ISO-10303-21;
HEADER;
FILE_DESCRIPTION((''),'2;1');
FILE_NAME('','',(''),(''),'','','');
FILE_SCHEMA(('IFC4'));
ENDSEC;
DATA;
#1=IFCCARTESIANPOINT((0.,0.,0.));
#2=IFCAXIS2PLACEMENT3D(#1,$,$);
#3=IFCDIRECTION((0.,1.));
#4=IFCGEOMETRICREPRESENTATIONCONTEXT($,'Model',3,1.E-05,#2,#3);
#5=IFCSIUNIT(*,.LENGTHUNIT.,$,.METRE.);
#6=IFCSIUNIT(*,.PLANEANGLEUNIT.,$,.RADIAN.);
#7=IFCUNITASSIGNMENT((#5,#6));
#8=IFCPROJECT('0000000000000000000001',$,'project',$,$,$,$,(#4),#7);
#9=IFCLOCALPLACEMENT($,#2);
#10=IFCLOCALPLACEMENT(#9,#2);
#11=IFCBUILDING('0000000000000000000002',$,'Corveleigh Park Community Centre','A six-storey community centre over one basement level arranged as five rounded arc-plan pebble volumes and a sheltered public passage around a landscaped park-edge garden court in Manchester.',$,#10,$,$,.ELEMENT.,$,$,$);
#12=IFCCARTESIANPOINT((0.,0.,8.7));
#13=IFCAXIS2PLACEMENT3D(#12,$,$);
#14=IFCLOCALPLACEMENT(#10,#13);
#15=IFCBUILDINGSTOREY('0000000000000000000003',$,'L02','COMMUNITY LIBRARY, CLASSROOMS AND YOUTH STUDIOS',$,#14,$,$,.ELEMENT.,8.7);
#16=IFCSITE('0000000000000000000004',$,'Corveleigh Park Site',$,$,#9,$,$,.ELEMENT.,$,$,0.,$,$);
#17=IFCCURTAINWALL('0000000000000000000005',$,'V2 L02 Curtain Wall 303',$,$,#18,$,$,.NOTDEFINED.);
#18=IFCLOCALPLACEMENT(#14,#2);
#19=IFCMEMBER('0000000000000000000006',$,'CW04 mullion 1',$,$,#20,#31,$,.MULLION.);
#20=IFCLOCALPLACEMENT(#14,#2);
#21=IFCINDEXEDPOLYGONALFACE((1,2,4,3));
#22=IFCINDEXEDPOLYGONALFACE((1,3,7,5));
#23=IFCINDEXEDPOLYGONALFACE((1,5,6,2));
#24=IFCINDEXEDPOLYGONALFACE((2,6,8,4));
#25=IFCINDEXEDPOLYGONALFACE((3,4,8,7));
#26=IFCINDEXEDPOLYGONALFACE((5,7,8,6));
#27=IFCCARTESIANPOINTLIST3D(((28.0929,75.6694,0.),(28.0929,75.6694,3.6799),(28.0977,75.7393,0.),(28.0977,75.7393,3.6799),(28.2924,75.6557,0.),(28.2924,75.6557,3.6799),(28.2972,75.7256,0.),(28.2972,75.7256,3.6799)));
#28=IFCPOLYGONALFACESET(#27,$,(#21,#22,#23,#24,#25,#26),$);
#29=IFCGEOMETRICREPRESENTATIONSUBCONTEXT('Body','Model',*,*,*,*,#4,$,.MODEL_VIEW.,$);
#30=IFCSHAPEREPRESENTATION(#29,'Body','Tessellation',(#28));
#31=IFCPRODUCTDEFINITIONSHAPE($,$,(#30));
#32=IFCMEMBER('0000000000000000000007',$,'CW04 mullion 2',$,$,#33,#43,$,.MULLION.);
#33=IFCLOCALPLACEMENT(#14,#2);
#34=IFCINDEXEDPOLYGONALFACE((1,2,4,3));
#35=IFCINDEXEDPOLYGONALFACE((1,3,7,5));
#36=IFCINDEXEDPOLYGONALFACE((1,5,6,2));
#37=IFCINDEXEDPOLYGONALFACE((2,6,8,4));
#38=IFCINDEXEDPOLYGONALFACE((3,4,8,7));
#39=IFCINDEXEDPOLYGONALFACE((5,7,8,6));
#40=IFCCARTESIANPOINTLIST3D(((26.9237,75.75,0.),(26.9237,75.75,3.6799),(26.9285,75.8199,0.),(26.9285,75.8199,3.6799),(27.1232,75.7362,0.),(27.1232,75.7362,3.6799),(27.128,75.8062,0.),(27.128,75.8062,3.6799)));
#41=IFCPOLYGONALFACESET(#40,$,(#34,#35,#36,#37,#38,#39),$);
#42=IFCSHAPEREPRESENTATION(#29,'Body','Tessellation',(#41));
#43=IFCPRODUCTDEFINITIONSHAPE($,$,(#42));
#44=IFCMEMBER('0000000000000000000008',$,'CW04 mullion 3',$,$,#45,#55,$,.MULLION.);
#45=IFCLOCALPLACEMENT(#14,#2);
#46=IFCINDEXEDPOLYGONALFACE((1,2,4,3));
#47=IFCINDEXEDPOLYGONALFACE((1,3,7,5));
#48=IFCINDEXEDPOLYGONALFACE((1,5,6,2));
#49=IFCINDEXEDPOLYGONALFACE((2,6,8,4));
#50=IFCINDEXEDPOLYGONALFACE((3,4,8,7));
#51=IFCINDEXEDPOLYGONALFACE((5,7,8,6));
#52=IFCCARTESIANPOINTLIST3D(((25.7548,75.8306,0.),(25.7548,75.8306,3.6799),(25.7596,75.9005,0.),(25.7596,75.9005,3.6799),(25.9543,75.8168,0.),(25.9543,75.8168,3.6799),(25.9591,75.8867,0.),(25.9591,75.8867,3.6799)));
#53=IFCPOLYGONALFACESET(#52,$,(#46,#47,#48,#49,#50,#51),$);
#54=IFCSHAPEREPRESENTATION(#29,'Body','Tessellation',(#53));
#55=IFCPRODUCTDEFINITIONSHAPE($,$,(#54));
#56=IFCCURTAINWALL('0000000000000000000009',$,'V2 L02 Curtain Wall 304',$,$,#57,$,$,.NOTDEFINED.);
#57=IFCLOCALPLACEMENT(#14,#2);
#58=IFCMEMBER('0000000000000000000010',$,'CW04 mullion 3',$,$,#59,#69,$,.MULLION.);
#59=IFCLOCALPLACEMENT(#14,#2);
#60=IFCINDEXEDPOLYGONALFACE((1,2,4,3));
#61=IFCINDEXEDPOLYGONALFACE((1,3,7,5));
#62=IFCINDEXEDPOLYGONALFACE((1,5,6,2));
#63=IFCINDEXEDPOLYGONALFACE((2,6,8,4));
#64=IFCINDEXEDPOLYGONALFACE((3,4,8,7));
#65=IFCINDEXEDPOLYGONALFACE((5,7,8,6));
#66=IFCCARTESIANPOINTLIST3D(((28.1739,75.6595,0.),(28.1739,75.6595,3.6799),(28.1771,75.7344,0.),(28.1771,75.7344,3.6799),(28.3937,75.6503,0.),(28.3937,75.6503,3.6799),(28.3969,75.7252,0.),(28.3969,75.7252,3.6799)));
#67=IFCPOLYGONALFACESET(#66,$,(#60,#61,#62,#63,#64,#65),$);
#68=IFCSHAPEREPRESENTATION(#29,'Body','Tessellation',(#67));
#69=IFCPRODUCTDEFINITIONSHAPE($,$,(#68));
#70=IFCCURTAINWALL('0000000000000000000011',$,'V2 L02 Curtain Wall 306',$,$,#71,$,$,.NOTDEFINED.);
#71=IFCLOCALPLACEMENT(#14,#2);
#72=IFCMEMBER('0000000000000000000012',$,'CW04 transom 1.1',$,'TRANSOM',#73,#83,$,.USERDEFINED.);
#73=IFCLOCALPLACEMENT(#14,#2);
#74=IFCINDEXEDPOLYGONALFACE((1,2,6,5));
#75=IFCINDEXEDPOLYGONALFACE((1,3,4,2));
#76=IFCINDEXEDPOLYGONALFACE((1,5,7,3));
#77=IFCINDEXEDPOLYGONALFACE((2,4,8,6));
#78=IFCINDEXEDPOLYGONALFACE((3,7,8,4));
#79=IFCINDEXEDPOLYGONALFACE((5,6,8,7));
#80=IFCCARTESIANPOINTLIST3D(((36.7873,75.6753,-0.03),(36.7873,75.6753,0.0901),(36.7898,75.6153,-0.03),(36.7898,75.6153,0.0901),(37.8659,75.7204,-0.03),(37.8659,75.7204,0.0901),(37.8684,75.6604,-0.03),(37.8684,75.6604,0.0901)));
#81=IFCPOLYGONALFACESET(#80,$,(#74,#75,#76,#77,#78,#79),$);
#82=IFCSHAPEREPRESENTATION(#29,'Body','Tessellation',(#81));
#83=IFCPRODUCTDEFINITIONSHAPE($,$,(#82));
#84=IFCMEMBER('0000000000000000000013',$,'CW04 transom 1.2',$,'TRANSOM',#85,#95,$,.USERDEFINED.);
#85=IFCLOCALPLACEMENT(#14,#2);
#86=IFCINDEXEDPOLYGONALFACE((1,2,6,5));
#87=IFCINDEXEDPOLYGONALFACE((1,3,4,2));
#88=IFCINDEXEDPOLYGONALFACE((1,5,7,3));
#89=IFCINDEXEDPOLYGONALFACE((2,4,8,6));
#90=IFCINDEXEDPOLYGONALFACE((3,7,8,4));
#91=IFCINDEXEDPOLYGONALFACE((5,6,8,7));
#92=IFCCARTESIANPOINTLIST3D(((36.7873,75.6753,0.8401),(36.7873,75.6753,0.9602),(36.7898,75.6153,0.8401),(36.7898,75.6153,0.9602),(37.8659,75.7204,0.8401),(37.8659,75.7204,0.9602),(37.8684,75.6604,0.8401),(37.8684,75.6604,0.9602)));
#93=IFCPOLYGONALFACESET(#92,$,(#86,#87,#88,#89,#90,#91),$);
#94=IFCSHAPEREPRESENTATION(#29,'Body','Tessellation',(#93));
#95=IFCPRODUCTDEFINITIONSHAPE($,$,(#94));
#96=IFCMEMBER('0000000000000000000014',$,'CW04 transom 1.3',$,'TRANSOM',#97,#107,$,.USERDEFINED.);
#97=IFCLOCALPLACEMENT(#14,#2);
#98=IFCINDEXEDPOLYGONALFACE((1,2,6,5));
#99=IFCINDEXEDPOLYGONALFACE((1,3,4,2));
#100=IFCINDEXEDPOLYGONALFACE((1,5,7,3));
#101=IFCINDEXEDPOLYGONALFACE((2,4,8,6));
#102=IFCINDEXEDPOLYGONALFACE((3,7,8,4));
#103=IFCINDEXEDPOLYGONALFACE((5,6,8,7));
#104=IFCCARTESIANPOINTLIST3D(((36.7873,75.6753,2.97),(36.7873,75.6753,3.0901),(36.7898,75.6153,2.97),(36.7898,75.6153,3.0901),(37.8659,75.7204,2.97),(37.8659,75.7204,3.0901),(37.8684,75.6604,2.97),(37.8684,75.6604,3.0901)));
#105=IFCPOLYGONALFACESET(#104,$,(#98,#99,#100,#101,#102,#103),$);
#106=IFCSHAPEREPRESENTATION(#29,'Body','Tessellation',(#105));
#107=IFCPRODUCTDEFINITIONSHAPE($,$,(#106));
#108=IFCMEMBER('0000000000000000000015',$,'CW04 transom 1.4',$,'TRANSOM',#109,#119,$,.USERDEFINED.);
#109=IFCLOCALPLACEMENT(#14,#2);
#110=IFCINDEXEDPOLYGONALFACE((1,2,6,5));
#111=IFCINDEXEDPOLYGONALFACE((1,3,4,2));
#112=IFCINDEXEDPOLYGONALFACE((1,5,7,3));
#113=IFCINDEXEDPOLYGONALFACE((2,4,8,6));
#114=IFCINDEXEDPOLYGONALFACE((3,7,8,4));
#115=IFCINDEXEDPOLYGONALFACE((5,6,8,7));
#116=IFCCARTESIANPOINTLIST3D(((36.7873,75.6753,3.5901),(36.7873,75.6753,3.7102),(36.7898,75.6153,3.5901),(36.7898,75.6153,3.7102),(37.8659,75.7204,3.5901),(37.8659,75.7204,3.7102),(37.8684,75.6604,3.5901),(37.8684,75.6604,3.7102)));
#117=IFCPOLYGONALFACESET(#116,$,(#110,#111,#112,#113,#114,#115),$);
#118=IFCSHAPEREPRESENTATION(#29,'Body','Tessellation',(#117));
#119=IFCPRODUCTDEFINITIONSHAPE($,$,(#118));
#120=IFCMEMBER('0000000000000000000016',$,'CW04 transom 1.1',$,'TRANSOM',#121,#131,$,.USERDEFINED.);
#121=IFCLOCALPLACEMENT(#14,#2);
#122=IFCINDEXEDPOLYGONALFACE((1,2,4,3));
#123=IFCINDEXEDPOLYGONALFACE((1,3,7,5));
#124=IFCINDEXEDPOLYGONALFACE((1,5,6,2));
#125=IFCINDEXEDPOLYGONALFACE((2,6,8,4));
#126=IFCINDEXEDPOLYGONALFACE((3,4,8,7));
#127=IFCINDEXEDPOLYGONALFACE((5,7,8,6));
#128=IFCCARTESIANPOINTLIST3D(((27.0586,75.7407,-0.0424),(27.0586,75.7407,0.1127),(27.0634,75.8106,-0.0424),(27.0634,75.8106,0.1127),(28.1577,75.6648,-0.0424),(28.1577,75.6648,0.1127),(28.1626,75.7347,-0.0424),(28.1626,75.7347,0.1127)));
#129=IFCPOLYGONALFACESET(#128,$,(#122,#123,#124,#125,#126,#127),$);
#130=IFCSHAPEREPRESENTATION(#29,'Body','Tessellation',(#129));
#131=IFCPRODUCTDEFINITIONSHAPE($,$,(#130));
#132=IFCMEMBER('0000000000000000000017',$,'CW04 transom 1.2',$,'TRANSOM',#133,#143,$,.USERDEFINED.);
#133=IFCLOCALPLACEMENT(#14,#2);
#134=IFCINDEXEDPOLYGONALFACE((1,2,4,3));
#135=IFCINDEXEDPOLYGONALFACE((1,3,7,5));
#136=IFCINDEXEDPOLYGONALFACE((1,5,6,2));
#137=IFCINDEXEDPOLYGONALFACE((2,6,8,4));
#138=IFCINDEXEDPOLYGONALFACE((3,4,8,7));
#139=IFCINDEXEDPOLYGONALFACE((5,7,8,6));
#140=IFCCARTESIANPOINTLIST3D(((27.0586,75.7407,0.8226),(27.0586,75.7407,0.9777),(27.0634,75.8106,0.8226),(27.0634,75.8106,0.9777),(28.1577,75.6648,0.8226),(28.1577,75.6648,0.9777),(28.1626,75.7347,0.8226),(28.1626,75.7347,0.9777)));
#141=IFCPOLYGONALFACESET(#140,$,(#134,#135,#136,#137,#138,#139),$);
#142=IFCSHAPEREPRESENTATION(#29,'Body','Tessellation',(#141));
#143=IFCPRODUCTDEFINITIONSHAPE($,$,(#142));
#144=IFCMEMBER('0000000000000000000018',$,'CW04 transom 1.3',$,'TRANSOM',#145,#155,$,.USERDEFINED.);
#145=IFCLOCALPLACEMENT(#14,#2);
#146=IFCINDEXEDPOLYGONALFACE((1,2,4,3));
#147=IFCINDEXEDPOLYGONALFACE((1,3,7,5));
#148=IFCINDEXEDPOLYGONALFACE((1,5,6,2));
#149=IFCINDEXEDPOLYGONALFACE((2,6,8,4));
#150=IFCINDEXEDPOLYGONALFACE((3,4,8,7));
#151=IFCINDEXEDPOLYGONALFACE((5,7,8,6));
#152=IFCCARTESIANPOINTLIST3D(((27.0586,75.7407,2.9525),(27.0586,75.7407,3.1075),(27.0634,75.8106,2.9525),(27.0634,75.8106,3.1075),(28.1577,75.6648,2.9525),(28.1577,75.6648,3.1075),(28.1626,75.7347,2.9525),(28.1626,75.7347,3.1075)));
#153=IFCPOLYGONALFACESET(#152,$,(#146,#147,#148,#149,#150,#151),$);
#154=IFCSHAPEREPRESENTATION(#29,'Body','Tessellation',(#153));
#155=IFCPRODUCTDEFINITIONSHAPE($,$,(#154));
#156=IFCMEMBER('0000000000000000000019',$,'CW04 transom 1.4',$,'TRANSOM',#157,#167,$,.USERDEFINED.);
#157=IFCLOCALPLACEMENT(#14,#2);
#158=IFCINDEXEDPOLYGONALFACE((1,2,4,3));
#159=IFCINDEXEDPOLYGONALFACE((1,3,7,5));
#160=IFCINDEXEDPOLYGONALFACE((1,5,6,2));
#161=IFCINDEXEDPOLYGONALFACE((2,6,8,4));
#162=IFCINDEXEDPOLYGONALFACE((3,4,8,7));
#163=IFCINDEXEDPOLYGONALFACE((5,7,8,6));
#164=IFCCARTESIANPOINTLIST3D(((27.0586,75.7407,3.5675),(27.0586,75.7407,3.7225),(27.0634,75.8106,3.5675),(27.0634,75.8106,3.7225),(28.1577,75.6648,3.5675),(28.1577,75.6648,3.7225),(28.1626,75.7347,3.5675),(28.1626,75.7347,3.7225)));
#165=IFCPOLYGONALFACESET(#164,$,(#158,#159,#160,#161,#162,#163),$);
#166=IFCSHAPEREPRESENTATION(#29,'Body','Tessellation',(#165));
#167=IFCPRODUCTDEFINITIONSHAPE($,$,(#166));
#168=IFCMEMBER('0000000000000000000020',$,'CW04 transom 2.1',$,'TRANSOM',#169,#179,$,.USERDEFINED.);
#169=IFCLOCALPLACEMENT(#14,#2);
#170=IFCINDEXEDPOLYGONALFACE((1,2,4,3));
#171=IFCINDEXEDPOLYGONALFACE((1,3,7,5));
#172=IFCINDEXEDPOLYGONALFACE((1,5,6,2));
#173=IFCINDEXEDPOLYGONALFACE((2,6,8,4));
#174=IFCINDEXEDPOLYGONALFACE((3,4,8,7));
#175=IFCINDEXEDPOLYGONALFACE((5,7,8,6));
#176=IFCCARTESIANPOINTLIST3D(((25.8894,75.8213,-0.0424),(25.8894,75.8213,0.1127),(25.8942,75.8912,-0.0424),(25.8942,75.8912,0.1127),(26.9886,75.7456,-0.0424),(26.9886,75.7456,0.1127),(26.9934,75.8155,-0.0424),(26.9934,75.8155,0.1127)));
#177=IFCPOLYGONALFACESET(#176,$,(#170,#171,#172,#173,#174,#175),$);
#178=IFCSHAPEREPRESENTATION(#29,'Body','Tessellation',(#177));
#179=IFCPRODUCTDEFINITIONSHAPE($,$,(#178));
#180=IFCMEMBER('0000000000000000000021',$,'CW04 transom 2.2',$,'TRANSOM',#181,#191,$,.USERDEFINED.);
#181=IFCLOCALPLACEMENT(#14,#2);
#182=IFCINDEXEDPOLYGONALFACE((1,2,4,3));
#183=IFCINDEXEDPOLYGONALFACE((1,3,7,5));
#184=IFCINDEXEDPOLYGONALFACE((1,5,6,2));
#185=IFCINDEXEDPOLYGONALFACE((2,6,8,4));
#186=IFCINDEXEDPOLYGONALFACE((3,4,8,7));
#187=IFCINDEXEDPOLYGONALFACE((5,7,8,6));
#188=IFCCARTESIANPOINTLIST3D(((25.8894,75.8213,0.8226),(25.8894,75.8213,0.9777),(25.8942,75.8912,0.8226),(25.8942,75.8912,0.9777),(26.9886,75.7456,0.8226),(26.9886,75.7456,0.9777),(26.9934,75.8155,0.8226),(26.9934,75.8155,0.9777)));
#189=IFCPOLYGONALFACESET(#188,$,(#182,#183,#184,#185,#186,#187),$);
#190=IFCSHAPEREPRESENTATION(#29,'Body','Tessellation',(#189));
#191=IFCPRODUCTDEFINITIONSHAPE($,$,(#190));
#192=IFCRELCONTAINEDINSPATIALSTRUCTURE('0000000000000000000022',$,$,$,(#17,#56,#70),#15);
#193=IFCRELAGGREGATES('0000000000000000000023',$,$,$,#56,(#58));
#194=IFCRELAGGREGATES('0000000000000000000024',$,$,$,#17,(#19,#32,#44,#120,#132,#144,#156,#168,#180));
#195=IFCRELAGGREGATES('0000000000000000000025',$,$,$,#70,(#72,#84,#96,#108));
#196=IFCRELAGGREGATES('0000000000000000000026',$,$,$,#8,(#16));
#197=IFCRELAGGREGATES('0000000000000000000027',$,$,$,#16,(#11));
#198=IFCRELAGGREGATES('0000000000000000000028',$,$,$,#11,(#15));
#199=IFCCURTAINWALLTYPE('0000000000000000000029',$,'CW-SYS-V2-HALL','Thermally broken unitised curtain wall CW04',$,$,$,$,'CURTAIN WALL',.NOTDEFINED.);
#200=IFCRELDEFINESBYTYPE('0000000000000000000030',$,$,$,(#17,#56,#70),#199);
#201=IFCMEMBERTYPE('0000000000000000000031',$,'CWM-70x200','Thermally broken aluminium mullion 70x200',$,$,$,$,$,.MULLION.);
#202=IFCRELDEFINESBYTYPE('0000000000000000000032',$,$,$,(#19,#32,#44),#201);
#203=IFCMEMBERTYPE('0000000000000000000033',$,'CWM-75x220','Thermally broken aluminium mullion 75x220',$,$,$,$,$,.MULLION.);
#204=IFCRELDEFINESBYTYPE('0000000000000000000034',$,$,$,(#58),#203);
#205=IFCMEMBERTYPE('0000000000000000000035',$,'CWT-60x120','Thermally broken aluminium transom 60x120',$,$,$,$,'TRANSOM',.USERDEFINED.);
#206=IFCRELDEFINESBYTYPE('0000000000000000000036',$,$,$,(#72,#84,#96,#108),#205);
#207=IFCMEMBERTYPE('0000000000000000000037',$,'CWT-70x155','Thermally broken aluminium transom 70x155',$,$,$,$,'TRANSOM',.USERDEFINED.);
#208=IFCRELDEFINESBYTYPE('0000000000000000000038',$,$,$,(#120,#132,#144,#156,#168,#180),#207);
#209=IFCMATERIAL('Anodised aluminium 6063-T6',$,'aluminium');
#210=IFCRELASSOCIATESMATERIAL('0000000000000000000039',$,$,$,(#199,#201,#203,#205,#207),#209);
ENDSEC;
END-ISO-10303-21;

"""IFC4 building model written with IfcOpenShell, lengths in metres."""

from ifc_helpers import new_model, si_unit, direction, frame, origin, origin_2d, place, context, subcontext, project, spatial, rectangle, extrude, material, material_profile, profile_set, type_object, element, aggregate, save


model = new_model("IFC4")

# Units and contexts
model_context = context("Model", 3, precision=1e-05, world=origin(), true_north=direction((0.0, 1.0)))
body_context = subcontext(model_context, "Body", "Model", "MODEL_VIEW")
ifc_project = project(units=[si_unit("LENGTHUNIT", "METRE"), si_unit("PLANEANGLEUNIT", "RADIAN")], contexts=[model_context])

# Site, building, storey
site_placement = place(None, origin())
site = spatial("IfcSite", under=ifc_project, at=site_placement, Name="Corveleigh Park Site", CompositionType="ELEMENT", RefElevation=0.0)
building_placement = place(site_placement, origin())
building = spatial("IfcBuilding", under=site, at=building_placement, Name="Corveleigh Park Community Centre", Description="A six-storey community centre over one basement level arranged as five rounded arc-plan pebble volumes and a sheltered public passage around a landscaped park-edge garden court in Manchester.", CompositionType="ELEMENT")
storey_placement = place(building_placement, frame((0.0, 0.0, 8.7)))
storey = spatial("IfcBuildingStorey", under=building, at=storey_placement, Name="L02", Description="COMMUNITY LIBRARY, CLASSROOMS AND YOUTH STUDIOS", CompositionType="ELEMENT", Elevation=8.7)

# Curtain wall, members
ifc_material_1 = material(Name="Anodised aluminium 6063-T6", Category="aluminium")
curtain_wall_type = type_object("IfcCurtainWallType", Name="CW-SYS-V2-HALL", Description="Thermally broken unitised curtain wall CW04", ElementType="CURTAIN WALL", PredefinedType="NOTDEFINED", material=ifc_material_1)
curtain_wall_1_placement = place(storey_placement, origin())
curtain_wall_1 = element("IfcCurtainWall", 1, at=curtain_wall_1_placement, inside=storey, type_object=curtain_wall_type, Name="V2 L02 Curtain Wall 303", PredefinedType="NOTDEFINED")
ifc_material_profile_1 = material_profile(ifc_material_1, rectangle(XDim=0.0701, YDim=0.2, at=origin_2d()), Name="ALU-M70x200", Category="aluminium")
ifc_profile_set_1 = profile_set([ifc_material_profile_1], Name="Anodised aluminium 6063-T6")
member_type_1 = type_object("IfcMemberType", Name="CWM-70x200", Description="Thermally broken aluminium mullion 70x200", PredefinedType="MULLION", material=ifc_profile_set_1)
member_1_placement = place(storey_placement, frame((28.1951, 75.6975, 0.0), z_axis=(0.0, 0.0, 1.0), x_axis=(-0.068774, -0.997632, 0.0)))
member_1 = element("IfcMember", 2, at=member_1_placement, type_object=member_type_1, Name="CW04 mullion 1", PredefinedType="MULLION", context=body_context, shape_type="SweptSolid", body=[
    extrude(rectangle(XDim=0.0701, YDim=0.2, at=origin_2d()), origin(), (0.0, 0.0, 1.0), 3.6799),
])
member_2_placement = place(storey_placement, frame((27.0259, 75.7781, 0.0), z_axis=(0.0, 0.0, 1.0), x_axis=(-0.068774, -0.997632, 0.0)))
member_2 = element("IfcMember", 3, at=member_2_placement, type_object=member_type_1, Name="CW04 mullion 2", PredefinedType="MULLION", context=body_context, shape_type="SweptSolid", body=[
    extrude(rectangle(XDim=0.0701, YDim=0.2, at=origin_2d()), origin(), (0.0, 0.0, 1.0), 3.6799),
])
member_3_placement = place(storey_placement, frame((25.8569, 75.8586, 0.0), z_axis=(0.0, 0.0, 1.0), x_axis=(-0.068774, -0.997632, 0.0)))
member_3 = element("IfcMember", 4, at=member_3_placement, type_object=member_type_1, Name="CW04 mullion 3", PredefinedType="MULLION", context=body_context, shape_type="SweptSolid", body=[
    extrude(rectangle(XDim=0.0701, YDim=0.2, at=origin_2d()), origin(), (0.0, 0.0, 1.0), 3.6799),
])

# Curtain wall, member
curtain_wall_2_placement = place(storey_placement, origin())
curtain_wall_2 = element("IfcCurtainWall", 5, at=curtain_wall_2_placement, inside=storey, type_object=curtain_wall_type, Name="V2 L02 Curtain Wall 304", PredefinedType="NOTDEFINED")
ifc_material_profile_2 = material_profile(ifc_material_1, rectangle(XDim=0.075, YDim=0.22, at=origin_2d()), Name="ALU-M75x220", Category="aluminium")
ifc_profile_set_2 = profile_set([ifc_material_profile_2], Name="Anodised aluminium 6063-T6")
member_type_2 = type_object("IfcMemberType", Name="CWM-75x220", Description="Thermally broken aluminium mullion 75x220", PredefinedType="MULLION", material=ifc_profile_set_2)
member_4_placement = place(storey_placement, frame((28.2854, 75.6924, 0.0), z_axis=(0.0, 0.0, 1.0), x_axis=(-0.041837, -0.999124, 0.0)))
member_4 = element("IfcMember", 6, at=member_4_placement, type_object=member_type_2, Name="CW04 mullion 3", PredefinedType="MULLION", context=body_context, shape_type="SweptSolid", body=[
    extrude(rectangle(XDim=0.075, YDim=0.22, at=origin_2d()), origin(), (0.0, 0.0, 1.0), 3.6799),
])
aggregate(curtain_wall_2, [member_4])

# Curtain wall, members
curtain_wall_3_placement = place(storey_placement, origin())
curtain_wall_3 = element("IfcCurtainWall", 7, at=curtain_wall_3_placement, inside=storey, type_object=curtain_wall_type, Name="V2 L02 Curtain Wall 306", PredefinedType="NOTDEFINED")
ifc_material_profile_3 = material_profile(ifc_material_1, rectangle(XDim=0.0601, YDim=0.1201, at=origin_2d()), Name="ALU-T60x120", Category="aluminium")
ifc_profile_set_3 = profile_set([ifc_material_profile_3], Name="Anodised aluminium 6063-T6")
member_type_3 = type_object("IfcMemberType", Name="CWT-60x120", Description="Thermally broken aluminium transom 60x120", ElementType="TRANSOM", PredefinedType="USERDEFINED", material=ifc_profile_set_3)
member_5_placement = place(storey_placement, frame((37.8672, 75.6904, 0.03), z_axis=(-0.999124, -0.041837, 0.0), x_axis=(0.041837, -0.999124, 0.0)))
member_5 = element("IfcMember", 8, at=member_5_placement, type_object=member_type_3, Name="CW04 transom 1.1", ObjectType="TRANSOM", PredefinedType="USERDEFINED", context=body_context, shape_type="SweptSolid", body=[
    extrude(rectangle(XDim=0.0601, YDim=0.1201, at=origin_2d()), origin(), (0.0, 0.0, 1.0), 1.0796),
])
member_6_placement = place(storey_placement, frame((37.8672, 75.6904, 0.9001), z_axis=(-0.999124, -0.041837, 0.0), x_axis=(0.041837, -0.999124, 0.0)))
member_6 = element("IfcMember", 9, at=member_6_placement, type_object=member_type_3, Name="CW04 transom 1.2", ObjectType="TRANSOM", PredefinedType="USERDEFINED", context=body_context, shape_type="SweptSolid", body=[
    extrude(rectangle(XDim=0.0601, YDim=0.1201, at=origin_2d()), origin(), (0.0, 0.0, 1.0), 1.0796),
])
member_7_placement = place(storey_placement, frame((37.8672, 75.6904, 3.03), z_axis=(-0.999124, -0.041837, 0.0), x_axis=(0.041837, -0.999124, 0.0)))
member_7 = element("IfcMember", 10, at=member_7_placement, type_object=member_type_3, Name="CW04 transom 1.3", ObjectType="TRANSOM", PredefinedType="USERDEFINED", context=body_context, shape_type="SweptSolid", body=[
    extrude(rectangle(XDim=0.0601, YDim=0.1201, at=origin_2d()), origin(), (0.0, 0.0, 1.0), 1.0796),
])
member_8_placement = place(storey_placement, frame((37.8672, 75.6904, 3.6501), z_axis=(-0.999124, -0.041837, 0.0), x_axis=(0.041837, -0.999124, 0.0)))
member_8 = element("IfcMember", 11, at=member_8_placement, type_object=member_type_3, Name="CW04 transom 1.4", ObjectType="TRANSOM", PredefinedType="USERDEFINED", context=body_context, shape_type="SweptSolid", body=[
    extrude(rectangle(XDim=0.0601, YDim=0.1201, at=origin_2d()), origin(), (0.0, 0.0, 1.0), 1.0796),
])

# Members
ifc_material_profile_4 = material_profile(ifc_material_1, rectangle(XDim=0.0701, YDim=0.155, at=origin_2d()), Name="ALU-T70x155", Category="aluminium")
ifc_profile_set_4 = profile_set([ifc_material_profile_4], Name="Anodised aluminium 6063-T6")
member_type_4 = type_object("IfcMemberType", Name="CWT-70x155", Description="Thermally broken aluminium transom 70x155", ElementType="TRANSOM", PredefinedType="USERDEFINED", material=ifc_profile_set_4)
member_9_placement = place(storey_placement, frame((28.1602, 75.6997, 0.0352), z_axis=(-0.997622, 0.068916, 0.0), x_axis=(-0.068916, -0.997622, 0.0)))
member_9 = element("IfcMember", 12, at=member_9_placement, type_object=member_type_4, Name="CW04 transom 1.1", ObjectType="TRANSOM", PredefinedType="USERDEFINED", context=body_context, shape_type="SweptSolid", body=[
    extrude(rectangle(XDim=0.0701, YDim=0.155, at=origin_2d()), origin(), (0.0, 0.0, 1.0), 1.1018),
])
member_10_placement = place(storey_placement, frame((28.1602, 75.6997, 0.9001), z_axis=(-0.997622, 0.068916, 0.0), x_axis=(-0.068916, -0.997622, 0.0)))
member_10 = element("IfcMember", 13, at=member_10_placement, type_object=member_type_4, Name="CW04 transom 1.2", ObjectType="TRANSOM", PredefinedType="USERDEFINED", context=body_context, shape_type="SweptSolid", body=[
    extrude(rectangle(XDim=0.0701, YDim=0.155, at=origin_2d()), origin(), (0.0, 0.0, 1.0), 1.1018),
])
member_11_placement = place(storey_placement, frame((28.1602, 75.6997, 3.03), z_axis=(-0.997622, 0.068916, 0.0), x_axis=(-0.068916, -0.997622, 0.0)))
member_11 = element("IfcMember", 14, at=member_11_placement, type_object=member_type_4, Name="CW04 transom 1.3", ObjectType="TRANSOM", PredefinedType="USERDEFINED", context=body_context, shape_type="SweptSolid", body=[
    extrude(rectangle(XDim=0.0701, YDim=0.155, at=origin_2d()), origin(), (0.0, 0.0, 1.0), 1.1018),
])
member_12_placement = place(storey_placement, frame((28.1602, 75.6997, 3.645), z_axis=(-0.997622, 0.068916, 0.0), x_axis=(-0.068916, -0.997622, 0.0)))
member_12 = element("IfcMember", 15, at=member_12_placement, type_object=member_type_4, Name="CW04 transom 1.4", ObjectType="TRANSOM", PredefinedType="USERDEFINED", context=body_context, shape_type="SweptSolid", body=[
    extrude(rectangle(XDim=0.0701, YDim=0.155, at=origin_2d()), origin(), (0.0, 0.0, 1.0), 1.1018),
])
member_13_placement = place(storey_placement, frame((26.991, 75.7805, 0.0352), z_axis=(-0.997638, 0.068696, 0.0), x_axis=(-0.068696, -0.997638, 0.0)))
member_13 = element("IfcMember", 16, at=member_13_placement, type_object=member_type_4, Name="CW04 transom 2.1", ObjectType="TRANSOM", PredefinedType="USERDEFINED", context=body_context, shape_type="SweptSolid", body=[
    extrude(rectangle(XDim=0.0701, YDim=0.155, at=origin_2d()), origin(), (0.0, 0.0, 1.0), 1.1018),
])
member_14_placement = place(storey_placement, frame((26.991, 75.7805, 0.9001), z_axis=(-0.997638, 0.068696, 0.0), x_axis=(-0.068696, -0.997638, 0.0)))
member_14 = element("IfcMember", 17, at=member_14_placement, type_object=member_type_4, Name="CW04 transom 2.2", ObjectType="TRANSOM", PredefinedType="USERDEFINED", context=body_context, shape_type="SweptSolid", body=[
    extrude(rectangle(XDim=0.0701, YDim=0.155, at=origin_2d()), origin(), (0.0, 0.0, 1.0), 1.1018),
])

aggregate(curtain_wall_1, [member_1, member_2, member_3, member_9, member_10, member_11, member_12, member_13, member_14])
aggregate(curtain_wall_3, [member_5, member_6, member_7, member_8])

save(model, "model.ifc")
